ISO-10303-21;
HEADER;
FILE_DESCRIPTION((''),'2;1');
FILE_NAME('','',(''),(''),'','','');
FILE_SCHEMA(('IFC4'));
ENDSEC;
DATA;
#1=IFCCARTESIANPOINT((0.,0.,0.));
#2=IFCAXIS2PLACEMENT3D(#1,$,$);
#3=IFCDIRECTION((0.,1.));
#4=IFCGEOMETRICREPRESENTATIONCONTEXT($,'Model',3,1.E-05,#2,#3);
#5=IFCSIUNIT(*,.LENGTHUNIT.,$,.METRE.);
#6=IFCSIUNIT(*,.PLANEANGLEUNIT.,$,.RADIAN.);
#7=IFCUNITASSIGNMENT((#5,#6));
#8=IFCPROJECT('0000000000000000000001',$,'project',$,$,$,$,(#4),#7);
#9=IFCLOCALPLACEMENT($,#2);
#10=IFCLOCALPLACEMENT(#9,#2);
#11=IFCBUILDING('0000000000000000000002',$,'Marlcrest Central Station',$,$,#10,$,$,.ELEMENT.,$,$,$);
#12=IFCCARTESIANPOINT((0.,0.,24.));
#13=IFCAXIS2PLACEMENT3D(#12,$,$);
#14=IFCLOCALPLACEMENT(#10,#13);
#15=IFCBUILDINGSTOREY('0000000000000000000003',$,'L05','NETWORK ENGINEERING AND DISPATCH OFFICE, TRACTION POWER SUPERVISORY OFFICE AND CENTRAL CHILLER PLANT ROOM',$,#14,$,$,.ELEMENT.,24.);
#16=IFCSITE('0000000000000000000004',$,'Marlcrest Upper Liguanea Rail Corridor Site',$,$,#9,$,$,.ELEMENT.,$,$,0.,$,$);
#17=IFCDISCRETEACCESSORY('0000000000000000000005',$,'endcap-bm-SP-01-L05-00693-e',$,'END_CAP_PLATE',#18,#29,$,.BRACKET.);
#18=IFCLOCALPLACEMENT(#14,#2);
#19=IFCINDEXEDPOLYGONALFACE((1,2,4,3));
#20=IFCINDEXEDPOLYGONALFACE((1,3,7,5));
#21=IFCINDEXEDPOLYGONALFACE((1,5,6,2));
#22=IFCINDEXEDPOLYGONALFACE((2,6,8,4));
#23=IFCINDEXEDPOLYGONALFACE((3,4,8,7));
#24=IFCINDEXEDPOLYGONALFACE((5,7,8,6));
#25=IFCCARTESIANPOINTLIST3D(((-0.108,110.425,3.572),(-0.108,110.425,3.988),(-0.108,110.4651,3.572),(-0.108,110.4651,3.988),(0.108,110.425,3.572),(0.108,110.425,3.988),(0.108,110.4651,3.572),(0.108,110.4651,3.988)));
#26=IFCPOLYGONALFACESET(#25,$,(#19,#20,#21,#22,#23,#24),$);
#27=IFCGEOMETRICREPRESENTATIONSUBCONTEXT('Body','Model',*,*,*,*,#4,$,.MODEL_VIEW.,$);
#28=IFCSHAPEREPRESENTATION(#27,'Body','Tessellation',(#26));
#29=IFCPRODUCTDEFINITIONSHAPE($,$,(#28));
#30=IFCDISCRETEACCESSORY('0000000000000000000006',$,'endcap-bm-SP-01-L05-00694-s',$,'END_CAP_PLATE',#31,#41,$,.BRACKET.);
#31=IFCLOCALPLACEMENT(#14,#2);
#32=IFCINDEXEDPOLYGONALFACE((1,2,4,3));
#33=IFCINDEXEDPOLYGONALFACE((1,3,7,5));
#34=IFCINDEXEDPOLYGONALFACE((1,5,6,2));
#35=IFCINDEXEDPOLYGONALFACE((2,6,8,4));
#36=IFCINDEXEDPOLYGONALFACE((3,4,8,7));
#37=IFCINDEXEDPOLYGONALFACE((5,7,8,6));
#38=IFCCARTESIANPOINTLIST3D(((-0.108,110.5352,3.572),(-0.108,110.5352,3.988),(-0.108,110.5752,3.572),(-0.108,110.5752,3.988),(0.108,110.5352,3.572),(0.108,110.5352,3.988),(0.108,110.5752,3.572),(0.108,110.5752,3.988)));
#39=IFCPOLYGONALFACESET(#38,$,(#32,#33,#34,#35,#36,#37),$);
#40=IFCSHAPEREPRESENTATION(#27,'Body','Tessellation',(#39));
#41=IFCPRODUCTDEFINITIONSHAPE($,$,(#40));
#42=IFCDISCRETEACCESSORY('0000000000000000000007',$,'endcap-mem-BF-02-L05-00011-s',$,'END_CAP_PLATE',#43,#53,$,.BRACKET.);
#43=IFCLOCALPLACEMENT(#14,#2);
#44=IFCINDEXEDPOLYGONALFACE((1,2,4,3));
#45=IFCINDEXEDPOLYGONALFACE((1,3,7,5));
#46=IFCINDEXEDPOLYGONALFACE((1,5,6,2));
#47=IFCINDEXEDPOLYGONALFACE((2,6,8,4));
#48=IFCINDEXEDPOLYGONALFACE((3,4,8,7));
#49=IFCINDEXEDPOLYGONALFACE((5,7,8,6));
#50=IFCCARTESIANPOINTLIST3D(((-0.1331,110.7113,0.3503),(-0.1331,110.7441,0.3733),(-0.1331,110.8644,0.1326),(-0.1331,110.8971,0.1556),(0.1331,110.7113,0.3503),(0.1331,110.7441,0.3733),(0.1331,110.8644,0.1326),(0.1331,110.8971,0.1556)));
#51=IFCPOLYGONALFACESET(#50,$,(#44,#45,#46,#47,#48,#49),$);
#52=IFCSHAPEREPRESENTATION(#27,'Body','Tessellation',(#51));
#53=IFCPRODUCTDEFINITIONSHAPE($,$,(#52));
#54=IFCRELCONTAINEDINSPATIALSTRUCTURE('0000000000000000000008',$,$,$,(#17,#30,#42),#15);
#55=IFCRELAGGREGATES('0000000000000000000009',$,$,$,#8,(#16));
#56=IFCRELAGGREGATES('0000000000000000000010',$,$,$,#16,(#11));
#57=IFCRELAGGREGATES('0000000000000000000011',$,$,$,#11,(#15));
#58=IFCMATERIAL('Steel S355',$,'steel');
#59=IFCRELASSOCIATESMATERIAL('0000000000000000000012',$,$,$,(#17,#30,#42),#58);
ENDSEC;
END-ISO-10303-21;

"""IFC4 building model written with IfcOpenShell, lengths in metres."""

from ifc_helpers import new_model, si_unit, direction, frame, origin, origin_2d, place, context, subcontext, project, spatial, rectangle, extrude, material, element, save


model = new_model("IFC4")

# Units and contexts
model_context = context("Model", 3, precision=1e-05, world=origin(), true_north=direction((0.0, 1.0)))
body_context = subcontext(model_context, "Body", "Model", "MODEL_VIEW")
ifc_project = project(units=[si_unit("LENGTHUNIT", "METRE"), si_unit("PLANEANGLEUNIT", "RADIAN")], contexts=[model_context])

# Site, building, storey
site_placement = place(None, origin())
site = spatial("IfcSite", under=ifc_project, at=site_placement, Name="Marlcrest Upper Liguanea Rail Corridor Site", CompositionType="ELEMENT", RefElevation=0.0)
building_placement = place(site_placement, origin())
building = spatial("IfcBuilding", under=site, at=building_placement, Name="Marlcrest Central Station", CompositionType="ELEMENT")
storey_placement = place(building_placement, frame((0.0, 0.0, 24.0)))
storey = spatial("IfcBuildingStorey", under=building, at=storey_placement, Name="L05", Description="NETWORK ENGINEERING AND DISPATCH OFFICE, TRACTION POWER SUPERVISORY OFFICE AND CENTRAL CHILLER PLANT ROOM", CompositionType="ELEMENT", Elevation=24.0)

# Shared definitions
ifc_material_1 = material(Name="Steel S355", Category="steel")

# Discrete accessories
for number, where, z_axis, x_axis, name in (
    (1, (0.0, 110.425, 3.78), (0.0, 1.0, 0.0), (-1.0, 0.0, 0.0), "endcap-bm-SP-01-L05-00693-e"),
    (2, (0.0, 110.5352, 3.78), (0.0, 1.0, 0.0), (-1.0, 0.0, 0.0), "endcap-bm-SP-01-L05-00694-s"),
):
    element("IfcDiscreteAccessory", number, at=place(storey_placement, frame(where, z_axis=z_axis, x_axis=x_axis)), inside=storey, material=ifc_material_1, Name=name, ObjectType="END_CAP_PLATE", PredefinedType="BRACKET", context=body_context, shape_type="SweptSolid", body=[
        extrude(rectangle(XDim=0.2161, YDim=0.416, at=origin_2d()), origin(), (0.0, 0.0, 1.0), 0.04),
    ])
discrete_accessory_placement = place(storey_placement, frame((0.0, 110.7878, 0.2415), z_axis=(0.0, 0.818064, 0.575127), x_axis=(-1.0, 0.0, 0.0)))
element("IfcDiscreteAccessory", 3, at=discrete_accessory_placement, inside=storey, material=ifc_material_1, Name="endcap-mem-BF-02-L05-00011-s", ObjectType="END_CAP_PLATE", PredefinedType="BRACKET", context=body_context, shape_type="SweptSolid", body=[
    extrude(rectangle(XDim=0.2661, YDim=0.2661, at=origin_2d()), origin(), (0.0, 0.0, 1.0), 0.04),
])

save(model, "model.ifc")
